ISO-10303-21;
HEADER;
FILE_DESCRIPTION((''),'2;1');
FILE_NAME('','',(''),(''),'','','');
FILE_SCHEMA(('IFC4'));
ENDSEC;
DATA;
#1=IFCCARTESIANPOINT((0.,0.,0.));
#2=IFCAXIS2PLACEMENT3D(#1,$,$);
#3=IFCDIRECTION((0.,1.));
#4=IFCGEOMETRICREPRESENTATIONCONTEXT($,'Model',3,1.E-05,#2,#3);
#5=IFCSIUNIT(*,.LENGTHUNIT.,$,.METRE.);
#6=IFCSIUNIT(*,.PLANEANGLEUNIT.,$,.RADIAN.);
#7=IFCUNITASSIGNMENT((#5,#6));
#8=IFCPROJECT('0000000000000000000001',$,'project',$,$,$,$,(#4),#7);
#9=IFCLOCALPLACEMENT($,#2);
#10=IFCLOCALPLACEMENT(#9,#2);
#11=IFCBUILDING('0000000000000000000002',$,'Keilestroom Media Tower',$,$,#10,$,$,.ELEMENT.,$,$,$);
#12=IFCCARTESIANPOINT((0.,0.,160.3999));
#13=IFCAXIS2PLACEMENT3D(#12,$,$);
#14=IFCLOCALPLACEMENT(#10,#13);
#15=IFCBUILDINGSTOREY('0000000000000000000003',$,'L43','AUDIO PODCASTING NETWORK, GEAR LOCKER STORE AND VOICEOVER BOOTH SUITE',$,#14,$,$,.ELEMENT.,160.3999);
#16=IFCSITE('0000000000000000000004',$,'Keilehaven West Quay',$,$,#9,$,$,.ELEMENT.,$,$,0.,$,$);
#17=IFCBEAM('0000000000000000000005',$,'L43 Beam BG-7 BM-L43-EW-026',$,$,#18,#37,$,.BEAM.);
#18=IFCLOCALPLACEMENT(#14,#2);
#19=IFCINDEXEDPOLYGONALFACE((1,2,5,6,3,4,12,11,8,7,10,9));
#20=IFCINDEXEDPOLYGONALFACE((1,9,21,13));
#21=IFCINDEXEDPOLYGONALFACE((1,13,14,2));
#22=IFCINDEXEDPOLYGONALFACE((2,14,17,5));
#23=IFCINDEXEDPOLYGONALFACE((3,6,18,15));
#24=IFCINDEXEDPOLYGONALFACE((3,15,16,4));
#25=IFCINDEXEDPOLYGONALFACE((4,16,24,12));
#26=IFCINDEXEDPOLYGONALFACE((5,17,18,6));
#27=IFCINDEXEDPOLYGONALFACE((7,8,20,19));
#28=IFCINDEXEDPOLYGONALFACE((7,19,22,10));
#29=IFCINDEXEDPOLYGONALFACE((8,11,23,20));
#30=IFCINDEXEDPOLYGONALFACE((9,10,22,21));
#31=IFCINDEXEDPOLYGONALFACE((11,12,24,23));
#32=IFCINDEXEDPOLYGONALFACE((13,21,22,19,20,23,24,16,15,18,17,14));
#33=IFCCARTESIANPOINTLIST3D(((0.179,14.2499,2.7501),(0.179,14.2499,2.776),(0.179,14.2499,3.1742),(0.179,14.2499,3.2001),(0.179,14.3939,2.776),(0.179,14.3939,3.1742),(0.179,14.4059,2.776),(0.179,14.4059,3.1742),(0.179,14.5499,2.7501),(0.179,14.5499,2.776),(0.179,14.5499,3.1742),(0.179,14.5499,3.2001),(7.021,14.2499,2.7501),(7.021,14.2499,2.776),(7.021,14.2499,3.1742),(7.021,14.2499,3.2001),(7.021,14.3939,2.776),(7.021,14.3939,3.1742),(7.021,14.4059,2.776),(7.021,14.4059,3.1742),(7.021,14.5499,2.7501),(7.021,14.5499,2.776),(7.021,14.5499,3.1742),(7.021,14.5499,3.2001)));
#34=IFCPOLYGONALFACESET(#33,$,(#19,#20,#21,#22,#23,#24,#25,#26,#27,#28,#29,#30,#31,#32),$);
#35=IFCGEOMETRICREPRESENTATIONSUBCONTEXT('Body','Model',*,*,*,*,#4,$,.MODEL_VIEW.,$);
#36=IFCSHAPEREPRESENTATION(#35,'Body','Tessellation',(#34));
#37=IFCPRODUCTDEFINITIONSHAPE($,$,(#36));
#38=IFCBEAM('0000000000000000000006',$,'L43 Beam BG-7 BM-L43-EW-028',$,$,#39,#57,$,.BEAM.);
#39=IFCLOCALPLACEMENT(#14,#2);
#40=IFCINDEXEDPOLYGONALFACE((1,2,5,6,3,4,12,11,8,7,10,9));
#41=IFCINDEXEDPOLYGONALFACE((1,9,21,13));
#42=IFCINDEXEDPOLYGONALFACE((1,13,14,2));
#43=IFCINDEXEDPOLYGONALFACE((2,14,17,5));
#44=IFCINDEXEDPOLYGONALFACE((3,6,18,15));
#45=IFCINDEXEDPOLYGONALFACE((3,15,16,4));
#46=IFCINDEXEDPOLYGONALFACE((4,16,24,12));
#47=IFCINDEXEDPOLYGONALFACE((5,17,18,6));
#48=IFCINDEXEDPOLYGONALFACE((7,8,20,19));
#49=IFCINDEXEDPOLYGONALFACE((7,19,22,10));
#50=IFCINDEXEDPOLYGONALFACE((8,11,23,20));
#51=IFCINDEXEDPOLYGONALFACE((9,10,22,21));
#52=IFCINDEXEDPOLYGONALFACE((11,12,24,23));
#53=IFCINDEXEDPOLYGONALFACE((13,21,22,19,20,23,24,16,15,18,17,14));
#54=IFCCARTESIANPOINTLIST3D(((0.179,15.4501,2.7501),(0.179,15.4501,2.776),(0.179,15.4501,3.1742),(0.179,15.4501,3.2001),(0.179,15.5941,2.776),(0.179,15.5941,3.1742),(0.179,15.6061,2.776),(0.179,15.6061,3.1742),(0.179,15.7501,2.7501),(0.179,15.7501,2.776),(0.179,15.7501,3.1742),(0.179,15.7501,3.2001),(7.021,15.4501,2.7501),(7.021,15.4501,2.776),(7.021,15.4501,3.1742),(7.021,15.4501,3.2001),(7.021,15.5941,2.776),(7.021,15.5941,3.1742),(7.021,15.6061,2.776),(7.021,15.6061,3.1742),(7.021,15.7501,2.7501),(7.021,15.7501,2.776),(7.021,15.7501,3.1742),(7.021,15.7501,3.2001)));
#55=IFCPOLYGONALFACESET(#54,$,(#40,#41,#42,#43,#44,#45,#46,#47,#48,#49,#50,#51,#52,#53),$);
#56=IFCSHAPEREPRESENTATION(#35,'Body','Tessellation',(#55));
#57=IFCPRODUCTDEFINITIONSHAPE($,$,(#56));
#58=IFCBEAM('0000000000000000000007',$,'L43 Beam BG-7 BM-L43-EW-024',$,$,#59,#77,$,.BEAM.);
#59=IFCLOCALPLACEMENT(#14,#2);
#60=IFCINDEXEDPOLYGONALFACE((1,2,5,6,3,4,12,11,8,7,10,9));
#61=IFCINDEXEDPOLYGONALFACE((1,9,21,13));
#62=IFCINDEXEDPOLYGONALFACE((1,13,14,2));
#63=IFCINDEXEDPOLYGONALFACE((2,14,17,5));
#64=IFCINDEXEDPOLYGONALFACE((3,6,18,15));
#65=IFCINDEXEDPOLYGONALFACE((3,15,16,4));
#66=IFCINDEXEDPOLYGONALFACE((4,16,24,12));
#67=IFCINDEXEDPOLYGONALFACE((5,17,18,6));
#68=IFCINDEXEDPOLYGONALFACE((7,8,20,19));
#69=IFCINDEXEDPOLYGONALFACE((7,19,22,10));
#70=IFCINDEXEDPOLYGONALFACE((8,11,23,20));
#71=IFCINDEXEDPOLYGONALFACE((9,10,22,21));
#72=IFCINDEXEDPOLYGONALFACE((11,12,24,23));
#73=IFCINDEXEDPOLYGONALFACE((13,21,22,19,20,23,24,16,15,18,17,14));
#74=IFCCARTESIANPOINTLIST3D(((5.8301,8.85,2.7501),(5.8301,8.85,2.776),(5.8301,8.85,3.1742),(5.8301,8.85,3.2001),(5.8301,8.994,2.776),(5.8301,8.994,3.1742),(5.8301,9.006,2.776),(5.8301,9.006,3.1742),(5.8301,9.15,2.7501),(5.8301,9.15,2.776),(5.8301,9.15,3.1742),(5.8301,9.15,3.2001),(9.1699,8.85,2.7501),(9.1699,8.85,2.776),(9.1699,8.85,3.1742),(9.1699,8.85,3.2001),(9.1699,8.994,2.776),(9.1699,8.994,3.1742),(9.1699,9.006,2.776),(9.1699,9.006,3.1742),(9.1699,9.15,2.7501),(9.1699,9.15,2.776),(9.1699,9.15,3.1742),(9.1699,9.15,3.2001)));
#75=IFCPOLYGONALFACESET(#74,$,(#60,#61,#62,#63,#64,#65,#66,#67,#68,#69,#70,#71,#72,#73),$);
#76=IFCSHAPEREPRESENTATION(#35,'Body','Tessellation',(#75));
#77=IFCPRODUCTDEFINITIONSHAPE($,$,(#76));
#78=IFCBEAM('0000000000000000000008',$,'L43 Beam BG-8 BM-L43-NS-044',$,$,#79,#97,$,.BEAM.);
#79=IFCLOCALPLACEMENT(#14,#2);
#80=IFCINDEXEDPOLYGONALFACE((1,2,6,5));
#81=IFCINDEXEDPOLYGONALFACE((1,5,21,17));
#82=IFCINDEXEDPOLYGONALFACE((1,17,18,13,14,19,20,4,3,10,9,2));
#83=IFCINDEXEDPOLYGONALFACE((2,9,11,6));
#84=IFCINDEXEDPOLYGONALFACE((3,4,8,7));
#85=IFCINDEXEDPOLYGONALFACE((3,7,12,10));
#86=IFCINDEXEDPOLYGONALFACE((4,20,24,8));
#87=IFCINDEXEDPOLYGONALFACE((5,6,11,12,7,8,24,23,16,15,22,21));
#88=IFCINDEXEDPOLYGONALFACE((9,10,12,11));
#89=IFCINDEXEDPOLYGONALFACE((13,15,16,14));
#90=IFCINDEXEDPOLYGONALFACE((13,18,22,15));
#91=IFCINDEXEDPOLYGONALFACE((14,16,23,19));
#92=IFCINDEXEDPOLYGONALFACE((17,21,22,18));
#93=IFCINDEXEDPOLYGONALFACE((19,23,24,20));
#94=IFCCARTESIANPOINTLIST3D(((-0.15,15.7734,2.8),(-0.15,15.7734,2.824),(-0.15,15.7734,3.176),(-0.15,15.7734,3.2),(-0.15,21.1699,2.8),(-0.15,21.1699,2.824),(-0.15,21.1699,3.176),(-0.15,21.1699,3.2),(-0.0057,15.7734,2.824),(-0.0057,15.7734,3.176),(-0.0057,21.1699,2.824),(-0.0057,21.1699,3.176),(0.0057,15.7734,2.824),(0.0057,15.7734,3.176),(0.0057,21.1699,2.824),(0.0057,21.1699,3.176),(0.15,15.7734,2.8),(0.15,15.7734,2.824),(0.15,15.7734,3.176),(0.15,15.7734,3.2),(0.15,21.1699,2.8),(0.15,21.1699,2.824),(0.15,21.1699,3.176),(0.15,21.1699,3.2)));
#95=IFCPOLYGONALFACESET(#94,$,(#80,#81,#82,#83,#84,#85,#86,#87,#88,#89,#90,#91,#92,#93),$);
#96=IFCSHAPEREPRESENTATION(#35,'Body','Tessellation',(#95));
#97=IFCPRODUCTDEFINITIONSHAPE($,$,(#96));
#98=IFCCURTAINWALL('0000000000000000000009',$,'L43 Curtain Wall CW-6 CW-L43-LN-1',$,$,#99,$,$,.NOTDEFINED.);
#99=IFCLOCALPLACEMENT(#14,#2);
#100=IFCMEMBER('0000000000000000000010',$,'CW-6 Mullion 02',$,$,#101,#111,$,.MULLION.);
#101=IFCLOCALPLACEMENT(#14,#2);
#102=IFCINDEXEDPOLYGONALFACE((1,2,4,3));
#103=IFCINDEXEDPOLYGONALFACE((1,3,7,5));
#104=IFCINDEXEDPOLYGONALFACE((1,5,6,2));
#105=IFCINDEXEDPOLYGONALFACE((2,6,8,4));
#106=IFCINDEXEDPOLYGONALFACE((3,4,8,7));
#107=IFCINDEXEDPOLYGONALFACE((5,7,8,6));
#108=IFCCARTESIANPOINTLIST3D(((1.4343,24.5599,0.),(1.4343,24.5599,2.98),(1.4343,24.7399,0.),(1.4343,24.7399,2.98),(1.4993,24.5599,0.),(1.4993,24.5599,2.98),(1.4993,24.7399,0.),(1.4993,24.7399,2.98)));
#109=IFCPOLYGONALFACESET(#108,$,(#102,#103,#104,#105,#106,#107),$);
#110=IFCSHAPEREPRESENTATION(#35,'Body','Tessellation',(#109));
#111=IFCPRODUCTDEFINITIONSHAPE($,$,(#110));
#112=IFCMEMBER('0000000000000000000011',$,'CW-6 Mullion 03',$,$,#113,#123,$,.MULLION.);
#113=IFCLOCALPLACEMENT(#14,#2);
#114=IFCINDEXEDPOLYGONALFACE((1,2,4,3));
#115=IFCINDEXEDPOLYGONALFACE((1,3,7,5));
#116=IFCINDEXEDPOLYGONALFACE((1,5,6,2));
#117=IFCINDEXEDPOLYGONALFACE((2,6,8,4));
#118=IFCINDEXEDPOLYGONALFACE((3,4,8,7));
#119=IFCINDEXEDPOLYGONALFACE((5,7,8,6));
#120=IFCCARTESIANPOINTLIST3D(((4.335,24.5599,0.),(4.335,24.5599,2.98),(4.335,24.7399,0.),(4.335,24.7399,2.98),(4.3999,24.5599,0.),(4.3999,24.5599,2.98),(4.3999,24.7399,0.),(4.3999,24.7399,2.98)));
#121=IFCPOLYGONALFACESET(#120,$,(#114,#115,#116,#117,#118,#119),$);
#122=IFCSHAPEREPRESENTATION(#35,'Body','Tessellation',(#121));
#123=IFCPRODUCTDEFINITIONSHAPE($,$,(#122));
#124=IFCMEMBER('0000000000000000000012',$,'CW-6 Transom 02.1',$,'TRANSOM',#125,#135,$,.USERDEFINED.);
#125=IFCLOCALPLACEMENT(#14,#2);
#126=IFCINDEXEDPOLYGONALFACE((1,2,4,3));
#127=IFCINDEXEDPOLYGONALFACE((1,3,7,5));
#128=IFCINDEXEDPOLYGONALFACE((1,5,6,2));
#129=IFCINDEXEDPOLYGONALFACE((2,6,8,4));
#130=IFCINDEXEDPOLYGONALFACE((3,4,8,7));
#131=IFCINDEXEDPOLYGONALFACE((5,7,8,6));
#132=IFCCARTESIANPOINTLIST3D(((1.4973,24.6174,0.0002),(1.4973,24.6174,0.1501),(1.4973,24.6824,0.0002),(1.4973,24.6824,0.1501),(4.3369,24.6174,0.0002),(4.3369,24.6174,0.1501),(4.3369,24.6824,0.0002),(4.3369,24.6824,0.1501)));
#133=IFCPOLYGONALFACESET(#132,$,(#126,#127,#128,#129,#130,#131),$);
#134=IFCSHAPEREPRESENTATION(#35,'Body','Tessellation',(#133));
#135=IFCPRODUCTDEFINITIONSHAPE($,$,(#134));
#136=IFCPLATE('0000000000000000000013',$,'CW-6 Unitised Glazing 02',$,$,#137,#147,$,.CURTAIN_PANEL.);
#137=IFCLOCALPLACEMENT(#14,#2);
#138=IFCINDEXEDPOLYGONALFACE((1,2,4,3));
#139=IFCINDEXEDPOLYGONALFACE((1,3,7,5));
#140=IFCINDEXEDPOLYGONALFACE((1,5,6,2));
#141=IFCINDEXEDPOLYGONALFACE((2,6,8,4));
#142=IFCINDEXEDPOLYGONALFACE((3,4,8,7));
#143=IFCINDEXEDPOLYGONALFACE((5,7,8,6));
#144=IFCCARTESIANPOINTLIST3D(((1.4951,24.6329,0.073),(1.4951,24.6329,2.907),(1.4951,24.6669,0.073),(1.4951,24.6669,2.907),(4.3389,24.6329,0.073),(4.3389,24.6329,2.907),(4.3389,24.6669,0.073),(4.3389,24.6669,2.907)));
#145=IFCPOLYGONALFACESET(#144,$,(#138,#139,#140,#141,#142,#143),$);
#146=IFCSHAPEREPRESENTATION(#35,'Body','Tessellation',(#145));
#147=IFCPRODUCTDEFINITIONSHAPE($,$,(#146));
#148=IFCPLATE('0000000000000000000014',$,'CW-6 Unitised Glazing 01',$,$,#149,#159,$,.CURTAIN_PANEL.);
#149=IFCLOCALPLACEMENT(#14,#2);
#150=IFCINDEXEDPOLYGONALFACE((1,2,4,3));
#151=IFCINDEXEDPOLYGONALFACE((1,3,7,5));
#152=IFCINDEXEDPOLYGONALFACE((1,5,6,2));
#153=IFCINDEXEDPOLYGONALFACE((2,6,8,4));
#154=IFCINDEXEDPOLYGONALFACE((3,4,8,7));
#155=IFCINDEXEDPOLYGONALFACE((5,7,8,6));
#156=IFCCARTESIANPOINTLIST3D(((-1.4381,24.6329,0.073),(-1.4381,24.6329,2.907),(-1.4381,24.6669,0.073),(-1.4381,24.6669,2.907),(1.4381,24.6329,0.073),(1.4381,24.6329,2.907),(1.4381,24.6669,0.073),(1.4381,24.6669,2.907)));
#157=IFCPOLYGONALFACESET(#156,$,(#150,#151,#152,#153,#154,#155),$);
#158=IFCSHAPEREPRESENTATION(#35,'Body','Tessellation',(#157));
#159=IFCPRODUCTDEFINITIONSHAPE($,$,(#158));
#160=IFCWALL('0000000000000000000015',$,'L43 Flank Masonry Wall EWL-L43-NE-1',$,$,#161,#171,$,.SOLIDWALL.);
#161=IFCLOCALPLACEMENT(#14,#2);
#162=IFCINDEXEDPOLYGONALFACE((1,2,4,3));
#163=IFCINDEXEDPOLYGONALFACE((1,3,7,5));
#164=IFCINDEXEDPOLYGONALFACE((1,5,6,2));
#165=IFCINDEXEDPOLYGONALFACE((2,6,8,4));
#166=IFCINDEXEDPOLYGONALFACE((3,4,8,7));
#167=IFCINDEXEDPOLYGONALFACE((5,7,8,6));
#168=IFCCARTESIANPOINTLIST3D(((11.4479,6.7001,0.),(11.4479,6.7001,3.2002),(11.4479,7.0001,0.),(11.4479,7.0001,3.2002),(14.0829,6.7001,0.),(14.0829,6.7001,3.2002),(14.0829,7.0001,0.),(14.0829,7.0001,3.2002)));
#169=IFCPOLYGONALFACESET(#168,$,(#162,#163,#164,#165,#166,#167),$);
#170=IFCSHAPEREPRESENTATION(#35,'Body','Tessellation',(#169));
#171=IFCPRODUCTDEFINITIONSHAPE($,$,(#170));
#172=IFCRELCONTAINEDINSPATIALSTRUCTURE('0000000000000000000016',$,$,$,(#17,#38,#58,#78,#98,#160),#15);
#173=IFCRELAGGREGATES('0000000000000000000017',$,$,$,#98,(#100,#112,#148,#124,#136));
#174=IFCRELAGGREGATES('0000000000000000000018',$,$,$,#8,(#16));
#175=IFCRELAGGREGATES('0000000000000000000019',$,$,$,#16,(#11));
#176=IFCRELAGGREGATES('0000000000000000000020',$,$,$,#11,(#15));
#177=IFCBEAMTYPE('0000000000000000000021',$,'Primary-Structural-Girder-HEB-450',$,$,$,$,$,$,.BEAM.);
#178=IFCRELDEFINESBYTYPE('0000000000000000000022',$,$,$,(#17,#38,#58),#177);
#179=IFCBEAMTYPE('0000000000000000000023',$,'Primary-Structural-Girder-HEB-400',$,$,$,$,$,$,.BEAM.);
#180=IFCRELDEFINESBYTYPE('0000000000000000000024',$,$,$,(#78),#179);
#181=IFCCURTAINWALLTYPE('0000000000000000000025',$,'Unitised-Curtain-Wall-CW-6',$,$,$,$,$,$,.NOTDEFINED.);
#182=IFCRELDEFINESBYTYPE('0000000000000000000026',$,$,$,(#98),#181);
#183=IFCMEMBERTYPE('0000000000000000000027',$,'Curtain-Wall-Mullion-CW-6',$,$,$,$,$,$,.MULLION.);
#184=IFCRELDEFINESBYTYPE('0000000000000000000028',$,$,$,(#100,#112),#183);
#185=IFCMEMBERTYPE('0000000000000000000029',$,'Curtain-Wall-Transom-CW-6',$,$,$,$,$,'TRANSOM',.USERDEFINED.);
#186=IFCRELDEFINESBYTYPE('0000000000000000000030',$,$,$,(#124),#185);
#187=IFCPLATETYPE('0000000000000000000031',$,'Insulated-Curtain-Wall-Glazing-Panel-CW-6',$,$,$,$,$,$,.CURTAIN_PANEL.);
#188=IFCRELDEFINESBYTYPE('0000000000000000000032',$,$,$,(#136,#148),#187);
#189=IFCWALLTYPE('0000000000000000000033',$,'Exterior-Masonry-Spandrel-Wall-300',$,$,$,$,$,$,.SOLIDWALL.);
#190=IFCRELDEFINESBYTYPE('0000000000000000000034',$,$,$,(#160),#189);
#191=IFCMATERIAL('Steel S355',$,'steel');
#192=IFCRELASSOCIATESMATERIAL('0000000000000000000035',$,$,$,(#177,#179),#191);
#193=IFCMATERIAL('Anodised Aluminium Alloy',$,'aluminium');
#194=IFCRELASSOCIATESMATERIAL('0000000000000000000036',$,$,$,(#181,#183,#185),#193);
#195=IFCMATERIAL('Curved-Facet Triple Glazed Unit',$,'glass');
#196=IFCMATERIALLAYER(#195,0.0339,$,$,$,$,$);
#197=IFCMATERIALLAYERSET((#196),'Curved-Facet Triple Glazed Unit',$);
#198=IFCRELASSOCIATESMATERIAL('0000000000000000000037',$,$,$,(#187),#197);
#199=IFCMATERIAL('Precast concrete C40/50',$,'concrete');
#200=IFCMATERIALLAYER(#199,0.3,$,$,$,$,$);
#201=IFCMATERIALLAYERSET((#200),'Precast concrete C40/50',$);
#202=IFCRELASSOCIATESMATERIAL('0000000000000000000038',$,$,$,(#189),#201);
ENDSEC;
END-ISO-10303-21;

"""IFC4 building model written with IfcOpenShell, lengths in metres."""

from ifc_helpers import new_model, si_unit, direction, frame, frame_2d, origin, origin_2d, place, context, subcontext, project, spatial, rectangle, i_section, extrude, source, transform, mapped, material, layer, layer_set, material_profile, profile_set, type_object, element, aggregate, save


model = new_model("IFC4")

# Units and contexts
model_context = context("Model", 3, precision=1e-05, world=origin(), true_north=direction((0.0, 1.0)))
body_context = subcontext(model_context, "Body", "Model", "MODEL_VIEW")
ifc_project = project(units=[si_unit("LENGTHUNIT", "METRE"), si_unit("PLANEANGLEUNIT", "RADIAN")], contexts=[model_context])

# Site, building, storey
site_placement = place(None, origin())
site = spatial("IfcSite", under=ifc_project, at=site_placement, Name="Keilehaven West Quay", CompositionType="ELEMENT", RefElevation=0.0)
building_placement = place(site_placement, origin())
building = spatial("IfcBuilding", under=site, at=building_placement, Name="Keilestroom Media Tower", CompositionType="ELEMENT")
storey_placement = place(building_placement, frame((0.0, 0.0, 160.3999)))
storey = spatial("IfcBuildingStorey", under=building, at=storey_placement, Name="L43", Description="AUDIO PODCASTING NETWORK, GEAR LOCKER STORE AND VOICEOVER BOOTH SUITE", CompositionType="ELEMENT", Elevation=160.3999)

# Shared definitions
ifc_material_1 = material(Name="Precast concrete C40/50", Category="concrete")
ifc_material_2 = material(Name="Steel S355", Category="steel")

# Beams
ifc_material_profile_1 = material_profile(ifc_material_2, i_section(OverallWidth=0.3, OverallDepth=0.45, WebThickness=0.012, FlangeThickness=0.0259, at=origin_2d()), Name="HEB 450")
ifc_profile_set_1 = profile_set([ifc_material_profile_1], Name="Steel S355")
beam_type_1 = type_object("IfcBeamType", Name="Primary-Structural-Girder-HEB-450", PredefinedType="BEAM", material=ifc_profile_set_1)
shared_shape_1 = source(origin(), body_context, "Body", "SweptSolid", [
    extrude(i_section(OverallWidth=0.3, OverallDepth=0.45, WebThickness=0.012, FlangeThickness=0.0259, at=origin_2d()), origin(), (0.0, 0.0, 1.0), 6.842),
])
for number, where, z_axis, x_axis, name in (
    (1, (0.179, 14.3999, 2.9751), (1.0, 0.0, 0.0), (0.0, 1.0, 0.0), "L43 Beam BG-7 BM-L43-EW-026"),
    (2, (0.179, 15.6001, 2.9751), (1.0, 0.0, 0.0), (0.0, 1.0, 0.0), "L43 Beam BG-7 BM-L43-EW-028"),
):
    element("IfcBeam", number, at=place(storey_placement, frame(where, z_axis=z_axis, x_axis=x_axis)), inside=storey, type_object=beam_type_1, Name=name, PredefinedType="BEAM", context=body_context, shape_type="MappedRepresentation", body=[
        mapped(shared_shape_1, transform((0.0, 0.0, 0.0), x_axis=(1.0, 0.0, 0.0), y_axis=(0.0, 1.0, 0.0), z_axis=(0.0, 0.0, 1.0), scale=1.0)),
    ])
shared_shape_2 = source(origin(), body_context, "Body", "SweptSolid", [
    extrude(i_section(OverallWidth=0.3, OverallDepth=0.45, WebThickness=0.012, FlangeThickness=0.0259, at=origin_2d()), origin(), (0.0, 0.0, 1.0), 3.3398),
])
beam_1_placement = place(storey_placement, frame((5.8301, 9.0, 2.9751), z_axis=(1.0, 0.0, 0.0), x_axis=(0.0, 1.0, 0.0)))
element("IfcBeam", 3, at=beam_1_placement, inside=storey, type_object=beam_type_1, Name="L43 Beam BG-7 BM-L43-EW-024", PredefinedType="BEAM", context=body_context, shape_type="MappedRepresentation", body=[
    mapped(shared_shape_2, transform((0.0, 0.0, 0.0), x_axis=(1.0, 0.0, 0.0), y_axis=(0.0, 1.0, 0.0), z_axis=(0.0, 0.0, 1.0), scale=1.0)),
])
ifc_material_profile_2 = material_profile(ifc_material_2, i_section(OverallWidth=0.3, OverallDepth=0.3999, WebThickness=0.0115, FlangeThickness=0.0239, at=origin_2d()), Name="HEB 400")
ifc_profile_set_2 = profile_set([ifc_material_profile_2], Name="Steel S355")
beam_type_2 = type_object("IfcBeamType", Name="Primary-Structural-Girder-HEB-400", PredefinedType="BEAM", material=ifc_profile_set_2)
shared_shape_3 = source(origin(), body_context, "Body", "SweptSolid", [
    extrude(i_section(OverallWidth=0.3, OverallDepth=0.3999, WebThickness=0.0115, FlangeThickness=0.0239, at=origin_2d()), origin(), (0.0, 0.0, 1.0), 5.3965),
])
beam_2_placement = place(storey_placement, frame((0.0, 15.7734, 3.0), z_axis=(0.0, 1.0, 0.0), x_axis=(-1.0, 0.0, 0.0)))
element("IfcBeam", 4, at=beam_2_placement, inside=storey, type_object=beam_type_2, Name="L43 Beam BG-8 BM-L43-NS-044", PredefinedType="BEAM", context=body_context, shape_type="MappedRepresentation", body=[
    mapped(shared_shape_3, transform((0.0, 0.0, 0.0), x_axis=(1.0, 0.0, 0.0), y_axis=(0.0, 1.0, 0.0), z_axis=(0.0, 0.0, 1.0), scale=1.0)),
])

# Curtain wall, members, plates
ifc_material_3 = material(Name="Anodised Aluminium Alloy", Category="aluminium")
curtain_wall_type = type_object("IfcCurtainWallType", Name="Unitised-Curtain-Wall-CW-6", PredefinedType="NOTDEFINED", material=ifc_material_3)
curtain_wall_placement = place(storey_placement, origin())
curtain_wall = element("IfcCurtainWall", 5, at=curtain_wall_placement, inside=storey, type_object=curtain_wall_type, Name="L43 Curtain Wall CW-6 CW-L43-LN-1", PredefinedType="NOTDEFINED")
ifc_material_profile_3 = material_profile(ifc_material_3, rectangle(XDim=0.0649, YDim=0.1799, at=origin_2d()), Name="ALU MULLION 65x180")
ifc_profile_set_3 = profile_set([ifc_material_profile_3], Name="Anodised Aluminium Alloy")
member_type_1 = type_object("IfcMemberType", Name="Curtain-Wall-Mullion-CW-6", PredefinedType="MULLION", material=ifc_profile_set_3)
shared_shape_4 = source(origin(), body_context, "Body", "SweptSolid", [
    extrude(rectangle(XDim=0.0649, YDim=0.1799, at=origin_2d()), origin(), (0.0, 0.0, 1.0), 2.98),
])
member_1_placement = place(storey_placement, frame((1.4668, 24.6499, 0.0), z_axis=(0.0, 0.0, 1.0), x_axis=(1.0, 0.0, 0.0)))
member_1 = element("IfcMember", 6, at=member_1_placement, type_object=member_type_1, Name="CW-6 Mullion 02", PredefinedType="MULLION", context=body_context, shape_type="MappedRepresentation", body=[
    mapped(shared_shape_4, transform((0.0, 0.0, 0.0), x_axis=(1.0, 0.0, 0.0), y_axis=(0.0, 1.0, 0.0), z_axis=(0.0, 0.0, 1.0), scale=1.0)),
])
member_2_placement = place(storey_placement, frame((4.3674, 24.6499, 0.0), z_axis=(0.0, 0.0, 1.0), x_axis=(1.0, 0.0, 0.0)))
member_2 = element("IfcMember", 7, at=member_2_placement, type_object=member_type_1, Name="CW-6 Mullion 03", PredefinedType="MULLION", context=body_context, shape_type="MappedRepresentation", body=[
    mapped(shared_shape_4, transform((0.0, 0.0, 0.0), x_axis=(1.0, 0.0, 0.0), y_axis=(0.0, 1.0, 0.0), z_axis=(0.0, 0.0, 1.0), scale=1.0)),
])
ifc_material_profile_4 = material_profile(ifc_material_3, rectangle(XDim=0.0649, YDim=0.1499, at=origin_2d()), Name="ALU TRANSOM 65x150")
ifc_profile_set_4 = profile_set([ifc_material_profile_4], Name="Anodised Aluminium Alloy")
member_type_2 = type_object("IfcMemberType", Name="Curtain-Wall-Transom-CW-6", ElementType="TRANSOM", PredefinedType="USERDEFINED", material=ifc_profile_set_4)
shared_shape_5 = source(origin(), body_context, "Body", "SweptSolid", [
    extrude(rectangle(XDim=0.0649, YDim=0.1499, at=origin_2d()), origin(), (0.0, 0.0, 1.0), 2.8396),
])
member_3_placement = place(storey_placement, frame((1.4973, 24.6499, 0.0752), z_axis=(1.0, 0.0, 0.0), x_axis=(0.0, 1.0, 0.0)))
member_3 = element("IfcMember", 8, at=member_3_placement, type_object=member_type_2, Name="CW-6 Transom 02.1", ObjectType="TRANSOM", PredefinedType="USERDEFINED", context=body_context, shape_type="MappedRepresentation", body=[
    mapped(shared_shape_5, transform((0.0, 0.0, 0.0), x_axis=(1.0, 0.0, 0.0), y_axis=(0.0, 1.0, 0.0), z_axis=(0.0, 0.0, 1.0), scale=1.0)),
])
ifc_material_4 = material(Name="Curved-Facet Triple Glazed Unit", Category="glass")
ifc_layer_1 = layer(ifc_material_4, 0.0339)
ifc_layer_set_1 = layer_set([ifc_layer_1], Name="Curved-Facet Triple Glazed Unit")
plate_type = type_object("IfcPlateType", Name="Insulated-Curtain-Wall-Glazing-Panel-CW-6", PredefinedType="CURTAIN_PANEL", material=ifc_layer_set_1)
shared_shape_6 = source(origin(), body_context, "Body", "SweptSolid", [
    extrude(rectangle(XDim=2.8438, YDim=0.0339, at=origin_2d()), origin(), (0.0, 0.0, 1.0), 2.834),
])
plate_1_placement = place(storey_placement, frame((2.917, 24.6499, 0.073), z_axis=(0.0, 0.0, 1.0), x_axis=(1.0, 0.0, 0.0)))
plate_1 = element("IfcPlate", 9, at=plate_1_placement, type_object=plate_type, Name="CW-6 Unitised Glazing 02", PredefinedType="CURTAIN_PANEL", context=body_context, shape_type="MappedRepresentation", body=[
    mapped(shared_shape_6, transform((0.0, 0.0, 0.0), x_axis=(1.0, 0.0, 0.0), y_axis=(0.0, 1.0, 0.0), z_axis=(0.0, 0.0, 1.0), scale=1.0)),
])
shared_shape_7 = source(origin(), body_context, "Body", "SweptSolid", [
    extrude(rectangle(XDim=2.8762, YDim=0.0339, at=origin_2d()), origin(), (0.0, 0.0, 1.0), 2.834),
])
plate_2_placement = place(storey_placement, frame((0.0, 24.6499, 0.073), z_axis=(0.0, 0.0, 1.0), x_axis=(1.0, 0.0, 0.0)))
plate_2 = element("IfcPlate", 10, at=plate_2_placement, type_object=plate_type, Name="CW-6 Unitised Glazing 01", PredefinedType="CURTAIN_PANEL", context=body_context, shape_type="MappedRepresentation", body=[
    mapped(shared_shape_7, transform((0.0, 0.0, 0.0), x_axis=(1.0, 0.0, 0.0), y_axis=(0.0, 1.0, 0.0), z_axis=(0.0, 0.0, 1.0), scale=1.0)),
])
aggregate(curtain_wall, [member_1, member_2, plate_2, member_3, plate_1])

# Wall
ifc_layer_2 = layer(ifc_material_1, 0.3)
ifc_layer_set_2 = layer_set([ifc_layer_2], Name="Precast concrete C40/50")
wall_type_1 = type_object("IfcWallType", Name="Exterior-Masonry-Spandrel-Wall-300", PredefinedType="SOLIDWALL", material=ifc_layer_set_2)
wall_1_placement = place(storey_placement, frame((11.448, 6.8501, 0.0), z_axis=(0.0, 0.0, 1.0), x_axis=(1.0, 0.0, 0.0)))
element("IfcWall", 11, at=wall_1_placement, inside=storey, type_object=wall_type_1, Name="L43 Flank Masonry Wall EWL-L43-NE-1", PredefinedType="SOLIDWALL", context=body_context, shape_type="SweptSolid", body=[
    extrude(rectangle(XDim=2.635, YDim=0.3, at=frame_2d((1.3174, 0.0))), origin(), (0.0, 0.0, 1.0), 3.2002),
])

save(model, "model.ifc")
